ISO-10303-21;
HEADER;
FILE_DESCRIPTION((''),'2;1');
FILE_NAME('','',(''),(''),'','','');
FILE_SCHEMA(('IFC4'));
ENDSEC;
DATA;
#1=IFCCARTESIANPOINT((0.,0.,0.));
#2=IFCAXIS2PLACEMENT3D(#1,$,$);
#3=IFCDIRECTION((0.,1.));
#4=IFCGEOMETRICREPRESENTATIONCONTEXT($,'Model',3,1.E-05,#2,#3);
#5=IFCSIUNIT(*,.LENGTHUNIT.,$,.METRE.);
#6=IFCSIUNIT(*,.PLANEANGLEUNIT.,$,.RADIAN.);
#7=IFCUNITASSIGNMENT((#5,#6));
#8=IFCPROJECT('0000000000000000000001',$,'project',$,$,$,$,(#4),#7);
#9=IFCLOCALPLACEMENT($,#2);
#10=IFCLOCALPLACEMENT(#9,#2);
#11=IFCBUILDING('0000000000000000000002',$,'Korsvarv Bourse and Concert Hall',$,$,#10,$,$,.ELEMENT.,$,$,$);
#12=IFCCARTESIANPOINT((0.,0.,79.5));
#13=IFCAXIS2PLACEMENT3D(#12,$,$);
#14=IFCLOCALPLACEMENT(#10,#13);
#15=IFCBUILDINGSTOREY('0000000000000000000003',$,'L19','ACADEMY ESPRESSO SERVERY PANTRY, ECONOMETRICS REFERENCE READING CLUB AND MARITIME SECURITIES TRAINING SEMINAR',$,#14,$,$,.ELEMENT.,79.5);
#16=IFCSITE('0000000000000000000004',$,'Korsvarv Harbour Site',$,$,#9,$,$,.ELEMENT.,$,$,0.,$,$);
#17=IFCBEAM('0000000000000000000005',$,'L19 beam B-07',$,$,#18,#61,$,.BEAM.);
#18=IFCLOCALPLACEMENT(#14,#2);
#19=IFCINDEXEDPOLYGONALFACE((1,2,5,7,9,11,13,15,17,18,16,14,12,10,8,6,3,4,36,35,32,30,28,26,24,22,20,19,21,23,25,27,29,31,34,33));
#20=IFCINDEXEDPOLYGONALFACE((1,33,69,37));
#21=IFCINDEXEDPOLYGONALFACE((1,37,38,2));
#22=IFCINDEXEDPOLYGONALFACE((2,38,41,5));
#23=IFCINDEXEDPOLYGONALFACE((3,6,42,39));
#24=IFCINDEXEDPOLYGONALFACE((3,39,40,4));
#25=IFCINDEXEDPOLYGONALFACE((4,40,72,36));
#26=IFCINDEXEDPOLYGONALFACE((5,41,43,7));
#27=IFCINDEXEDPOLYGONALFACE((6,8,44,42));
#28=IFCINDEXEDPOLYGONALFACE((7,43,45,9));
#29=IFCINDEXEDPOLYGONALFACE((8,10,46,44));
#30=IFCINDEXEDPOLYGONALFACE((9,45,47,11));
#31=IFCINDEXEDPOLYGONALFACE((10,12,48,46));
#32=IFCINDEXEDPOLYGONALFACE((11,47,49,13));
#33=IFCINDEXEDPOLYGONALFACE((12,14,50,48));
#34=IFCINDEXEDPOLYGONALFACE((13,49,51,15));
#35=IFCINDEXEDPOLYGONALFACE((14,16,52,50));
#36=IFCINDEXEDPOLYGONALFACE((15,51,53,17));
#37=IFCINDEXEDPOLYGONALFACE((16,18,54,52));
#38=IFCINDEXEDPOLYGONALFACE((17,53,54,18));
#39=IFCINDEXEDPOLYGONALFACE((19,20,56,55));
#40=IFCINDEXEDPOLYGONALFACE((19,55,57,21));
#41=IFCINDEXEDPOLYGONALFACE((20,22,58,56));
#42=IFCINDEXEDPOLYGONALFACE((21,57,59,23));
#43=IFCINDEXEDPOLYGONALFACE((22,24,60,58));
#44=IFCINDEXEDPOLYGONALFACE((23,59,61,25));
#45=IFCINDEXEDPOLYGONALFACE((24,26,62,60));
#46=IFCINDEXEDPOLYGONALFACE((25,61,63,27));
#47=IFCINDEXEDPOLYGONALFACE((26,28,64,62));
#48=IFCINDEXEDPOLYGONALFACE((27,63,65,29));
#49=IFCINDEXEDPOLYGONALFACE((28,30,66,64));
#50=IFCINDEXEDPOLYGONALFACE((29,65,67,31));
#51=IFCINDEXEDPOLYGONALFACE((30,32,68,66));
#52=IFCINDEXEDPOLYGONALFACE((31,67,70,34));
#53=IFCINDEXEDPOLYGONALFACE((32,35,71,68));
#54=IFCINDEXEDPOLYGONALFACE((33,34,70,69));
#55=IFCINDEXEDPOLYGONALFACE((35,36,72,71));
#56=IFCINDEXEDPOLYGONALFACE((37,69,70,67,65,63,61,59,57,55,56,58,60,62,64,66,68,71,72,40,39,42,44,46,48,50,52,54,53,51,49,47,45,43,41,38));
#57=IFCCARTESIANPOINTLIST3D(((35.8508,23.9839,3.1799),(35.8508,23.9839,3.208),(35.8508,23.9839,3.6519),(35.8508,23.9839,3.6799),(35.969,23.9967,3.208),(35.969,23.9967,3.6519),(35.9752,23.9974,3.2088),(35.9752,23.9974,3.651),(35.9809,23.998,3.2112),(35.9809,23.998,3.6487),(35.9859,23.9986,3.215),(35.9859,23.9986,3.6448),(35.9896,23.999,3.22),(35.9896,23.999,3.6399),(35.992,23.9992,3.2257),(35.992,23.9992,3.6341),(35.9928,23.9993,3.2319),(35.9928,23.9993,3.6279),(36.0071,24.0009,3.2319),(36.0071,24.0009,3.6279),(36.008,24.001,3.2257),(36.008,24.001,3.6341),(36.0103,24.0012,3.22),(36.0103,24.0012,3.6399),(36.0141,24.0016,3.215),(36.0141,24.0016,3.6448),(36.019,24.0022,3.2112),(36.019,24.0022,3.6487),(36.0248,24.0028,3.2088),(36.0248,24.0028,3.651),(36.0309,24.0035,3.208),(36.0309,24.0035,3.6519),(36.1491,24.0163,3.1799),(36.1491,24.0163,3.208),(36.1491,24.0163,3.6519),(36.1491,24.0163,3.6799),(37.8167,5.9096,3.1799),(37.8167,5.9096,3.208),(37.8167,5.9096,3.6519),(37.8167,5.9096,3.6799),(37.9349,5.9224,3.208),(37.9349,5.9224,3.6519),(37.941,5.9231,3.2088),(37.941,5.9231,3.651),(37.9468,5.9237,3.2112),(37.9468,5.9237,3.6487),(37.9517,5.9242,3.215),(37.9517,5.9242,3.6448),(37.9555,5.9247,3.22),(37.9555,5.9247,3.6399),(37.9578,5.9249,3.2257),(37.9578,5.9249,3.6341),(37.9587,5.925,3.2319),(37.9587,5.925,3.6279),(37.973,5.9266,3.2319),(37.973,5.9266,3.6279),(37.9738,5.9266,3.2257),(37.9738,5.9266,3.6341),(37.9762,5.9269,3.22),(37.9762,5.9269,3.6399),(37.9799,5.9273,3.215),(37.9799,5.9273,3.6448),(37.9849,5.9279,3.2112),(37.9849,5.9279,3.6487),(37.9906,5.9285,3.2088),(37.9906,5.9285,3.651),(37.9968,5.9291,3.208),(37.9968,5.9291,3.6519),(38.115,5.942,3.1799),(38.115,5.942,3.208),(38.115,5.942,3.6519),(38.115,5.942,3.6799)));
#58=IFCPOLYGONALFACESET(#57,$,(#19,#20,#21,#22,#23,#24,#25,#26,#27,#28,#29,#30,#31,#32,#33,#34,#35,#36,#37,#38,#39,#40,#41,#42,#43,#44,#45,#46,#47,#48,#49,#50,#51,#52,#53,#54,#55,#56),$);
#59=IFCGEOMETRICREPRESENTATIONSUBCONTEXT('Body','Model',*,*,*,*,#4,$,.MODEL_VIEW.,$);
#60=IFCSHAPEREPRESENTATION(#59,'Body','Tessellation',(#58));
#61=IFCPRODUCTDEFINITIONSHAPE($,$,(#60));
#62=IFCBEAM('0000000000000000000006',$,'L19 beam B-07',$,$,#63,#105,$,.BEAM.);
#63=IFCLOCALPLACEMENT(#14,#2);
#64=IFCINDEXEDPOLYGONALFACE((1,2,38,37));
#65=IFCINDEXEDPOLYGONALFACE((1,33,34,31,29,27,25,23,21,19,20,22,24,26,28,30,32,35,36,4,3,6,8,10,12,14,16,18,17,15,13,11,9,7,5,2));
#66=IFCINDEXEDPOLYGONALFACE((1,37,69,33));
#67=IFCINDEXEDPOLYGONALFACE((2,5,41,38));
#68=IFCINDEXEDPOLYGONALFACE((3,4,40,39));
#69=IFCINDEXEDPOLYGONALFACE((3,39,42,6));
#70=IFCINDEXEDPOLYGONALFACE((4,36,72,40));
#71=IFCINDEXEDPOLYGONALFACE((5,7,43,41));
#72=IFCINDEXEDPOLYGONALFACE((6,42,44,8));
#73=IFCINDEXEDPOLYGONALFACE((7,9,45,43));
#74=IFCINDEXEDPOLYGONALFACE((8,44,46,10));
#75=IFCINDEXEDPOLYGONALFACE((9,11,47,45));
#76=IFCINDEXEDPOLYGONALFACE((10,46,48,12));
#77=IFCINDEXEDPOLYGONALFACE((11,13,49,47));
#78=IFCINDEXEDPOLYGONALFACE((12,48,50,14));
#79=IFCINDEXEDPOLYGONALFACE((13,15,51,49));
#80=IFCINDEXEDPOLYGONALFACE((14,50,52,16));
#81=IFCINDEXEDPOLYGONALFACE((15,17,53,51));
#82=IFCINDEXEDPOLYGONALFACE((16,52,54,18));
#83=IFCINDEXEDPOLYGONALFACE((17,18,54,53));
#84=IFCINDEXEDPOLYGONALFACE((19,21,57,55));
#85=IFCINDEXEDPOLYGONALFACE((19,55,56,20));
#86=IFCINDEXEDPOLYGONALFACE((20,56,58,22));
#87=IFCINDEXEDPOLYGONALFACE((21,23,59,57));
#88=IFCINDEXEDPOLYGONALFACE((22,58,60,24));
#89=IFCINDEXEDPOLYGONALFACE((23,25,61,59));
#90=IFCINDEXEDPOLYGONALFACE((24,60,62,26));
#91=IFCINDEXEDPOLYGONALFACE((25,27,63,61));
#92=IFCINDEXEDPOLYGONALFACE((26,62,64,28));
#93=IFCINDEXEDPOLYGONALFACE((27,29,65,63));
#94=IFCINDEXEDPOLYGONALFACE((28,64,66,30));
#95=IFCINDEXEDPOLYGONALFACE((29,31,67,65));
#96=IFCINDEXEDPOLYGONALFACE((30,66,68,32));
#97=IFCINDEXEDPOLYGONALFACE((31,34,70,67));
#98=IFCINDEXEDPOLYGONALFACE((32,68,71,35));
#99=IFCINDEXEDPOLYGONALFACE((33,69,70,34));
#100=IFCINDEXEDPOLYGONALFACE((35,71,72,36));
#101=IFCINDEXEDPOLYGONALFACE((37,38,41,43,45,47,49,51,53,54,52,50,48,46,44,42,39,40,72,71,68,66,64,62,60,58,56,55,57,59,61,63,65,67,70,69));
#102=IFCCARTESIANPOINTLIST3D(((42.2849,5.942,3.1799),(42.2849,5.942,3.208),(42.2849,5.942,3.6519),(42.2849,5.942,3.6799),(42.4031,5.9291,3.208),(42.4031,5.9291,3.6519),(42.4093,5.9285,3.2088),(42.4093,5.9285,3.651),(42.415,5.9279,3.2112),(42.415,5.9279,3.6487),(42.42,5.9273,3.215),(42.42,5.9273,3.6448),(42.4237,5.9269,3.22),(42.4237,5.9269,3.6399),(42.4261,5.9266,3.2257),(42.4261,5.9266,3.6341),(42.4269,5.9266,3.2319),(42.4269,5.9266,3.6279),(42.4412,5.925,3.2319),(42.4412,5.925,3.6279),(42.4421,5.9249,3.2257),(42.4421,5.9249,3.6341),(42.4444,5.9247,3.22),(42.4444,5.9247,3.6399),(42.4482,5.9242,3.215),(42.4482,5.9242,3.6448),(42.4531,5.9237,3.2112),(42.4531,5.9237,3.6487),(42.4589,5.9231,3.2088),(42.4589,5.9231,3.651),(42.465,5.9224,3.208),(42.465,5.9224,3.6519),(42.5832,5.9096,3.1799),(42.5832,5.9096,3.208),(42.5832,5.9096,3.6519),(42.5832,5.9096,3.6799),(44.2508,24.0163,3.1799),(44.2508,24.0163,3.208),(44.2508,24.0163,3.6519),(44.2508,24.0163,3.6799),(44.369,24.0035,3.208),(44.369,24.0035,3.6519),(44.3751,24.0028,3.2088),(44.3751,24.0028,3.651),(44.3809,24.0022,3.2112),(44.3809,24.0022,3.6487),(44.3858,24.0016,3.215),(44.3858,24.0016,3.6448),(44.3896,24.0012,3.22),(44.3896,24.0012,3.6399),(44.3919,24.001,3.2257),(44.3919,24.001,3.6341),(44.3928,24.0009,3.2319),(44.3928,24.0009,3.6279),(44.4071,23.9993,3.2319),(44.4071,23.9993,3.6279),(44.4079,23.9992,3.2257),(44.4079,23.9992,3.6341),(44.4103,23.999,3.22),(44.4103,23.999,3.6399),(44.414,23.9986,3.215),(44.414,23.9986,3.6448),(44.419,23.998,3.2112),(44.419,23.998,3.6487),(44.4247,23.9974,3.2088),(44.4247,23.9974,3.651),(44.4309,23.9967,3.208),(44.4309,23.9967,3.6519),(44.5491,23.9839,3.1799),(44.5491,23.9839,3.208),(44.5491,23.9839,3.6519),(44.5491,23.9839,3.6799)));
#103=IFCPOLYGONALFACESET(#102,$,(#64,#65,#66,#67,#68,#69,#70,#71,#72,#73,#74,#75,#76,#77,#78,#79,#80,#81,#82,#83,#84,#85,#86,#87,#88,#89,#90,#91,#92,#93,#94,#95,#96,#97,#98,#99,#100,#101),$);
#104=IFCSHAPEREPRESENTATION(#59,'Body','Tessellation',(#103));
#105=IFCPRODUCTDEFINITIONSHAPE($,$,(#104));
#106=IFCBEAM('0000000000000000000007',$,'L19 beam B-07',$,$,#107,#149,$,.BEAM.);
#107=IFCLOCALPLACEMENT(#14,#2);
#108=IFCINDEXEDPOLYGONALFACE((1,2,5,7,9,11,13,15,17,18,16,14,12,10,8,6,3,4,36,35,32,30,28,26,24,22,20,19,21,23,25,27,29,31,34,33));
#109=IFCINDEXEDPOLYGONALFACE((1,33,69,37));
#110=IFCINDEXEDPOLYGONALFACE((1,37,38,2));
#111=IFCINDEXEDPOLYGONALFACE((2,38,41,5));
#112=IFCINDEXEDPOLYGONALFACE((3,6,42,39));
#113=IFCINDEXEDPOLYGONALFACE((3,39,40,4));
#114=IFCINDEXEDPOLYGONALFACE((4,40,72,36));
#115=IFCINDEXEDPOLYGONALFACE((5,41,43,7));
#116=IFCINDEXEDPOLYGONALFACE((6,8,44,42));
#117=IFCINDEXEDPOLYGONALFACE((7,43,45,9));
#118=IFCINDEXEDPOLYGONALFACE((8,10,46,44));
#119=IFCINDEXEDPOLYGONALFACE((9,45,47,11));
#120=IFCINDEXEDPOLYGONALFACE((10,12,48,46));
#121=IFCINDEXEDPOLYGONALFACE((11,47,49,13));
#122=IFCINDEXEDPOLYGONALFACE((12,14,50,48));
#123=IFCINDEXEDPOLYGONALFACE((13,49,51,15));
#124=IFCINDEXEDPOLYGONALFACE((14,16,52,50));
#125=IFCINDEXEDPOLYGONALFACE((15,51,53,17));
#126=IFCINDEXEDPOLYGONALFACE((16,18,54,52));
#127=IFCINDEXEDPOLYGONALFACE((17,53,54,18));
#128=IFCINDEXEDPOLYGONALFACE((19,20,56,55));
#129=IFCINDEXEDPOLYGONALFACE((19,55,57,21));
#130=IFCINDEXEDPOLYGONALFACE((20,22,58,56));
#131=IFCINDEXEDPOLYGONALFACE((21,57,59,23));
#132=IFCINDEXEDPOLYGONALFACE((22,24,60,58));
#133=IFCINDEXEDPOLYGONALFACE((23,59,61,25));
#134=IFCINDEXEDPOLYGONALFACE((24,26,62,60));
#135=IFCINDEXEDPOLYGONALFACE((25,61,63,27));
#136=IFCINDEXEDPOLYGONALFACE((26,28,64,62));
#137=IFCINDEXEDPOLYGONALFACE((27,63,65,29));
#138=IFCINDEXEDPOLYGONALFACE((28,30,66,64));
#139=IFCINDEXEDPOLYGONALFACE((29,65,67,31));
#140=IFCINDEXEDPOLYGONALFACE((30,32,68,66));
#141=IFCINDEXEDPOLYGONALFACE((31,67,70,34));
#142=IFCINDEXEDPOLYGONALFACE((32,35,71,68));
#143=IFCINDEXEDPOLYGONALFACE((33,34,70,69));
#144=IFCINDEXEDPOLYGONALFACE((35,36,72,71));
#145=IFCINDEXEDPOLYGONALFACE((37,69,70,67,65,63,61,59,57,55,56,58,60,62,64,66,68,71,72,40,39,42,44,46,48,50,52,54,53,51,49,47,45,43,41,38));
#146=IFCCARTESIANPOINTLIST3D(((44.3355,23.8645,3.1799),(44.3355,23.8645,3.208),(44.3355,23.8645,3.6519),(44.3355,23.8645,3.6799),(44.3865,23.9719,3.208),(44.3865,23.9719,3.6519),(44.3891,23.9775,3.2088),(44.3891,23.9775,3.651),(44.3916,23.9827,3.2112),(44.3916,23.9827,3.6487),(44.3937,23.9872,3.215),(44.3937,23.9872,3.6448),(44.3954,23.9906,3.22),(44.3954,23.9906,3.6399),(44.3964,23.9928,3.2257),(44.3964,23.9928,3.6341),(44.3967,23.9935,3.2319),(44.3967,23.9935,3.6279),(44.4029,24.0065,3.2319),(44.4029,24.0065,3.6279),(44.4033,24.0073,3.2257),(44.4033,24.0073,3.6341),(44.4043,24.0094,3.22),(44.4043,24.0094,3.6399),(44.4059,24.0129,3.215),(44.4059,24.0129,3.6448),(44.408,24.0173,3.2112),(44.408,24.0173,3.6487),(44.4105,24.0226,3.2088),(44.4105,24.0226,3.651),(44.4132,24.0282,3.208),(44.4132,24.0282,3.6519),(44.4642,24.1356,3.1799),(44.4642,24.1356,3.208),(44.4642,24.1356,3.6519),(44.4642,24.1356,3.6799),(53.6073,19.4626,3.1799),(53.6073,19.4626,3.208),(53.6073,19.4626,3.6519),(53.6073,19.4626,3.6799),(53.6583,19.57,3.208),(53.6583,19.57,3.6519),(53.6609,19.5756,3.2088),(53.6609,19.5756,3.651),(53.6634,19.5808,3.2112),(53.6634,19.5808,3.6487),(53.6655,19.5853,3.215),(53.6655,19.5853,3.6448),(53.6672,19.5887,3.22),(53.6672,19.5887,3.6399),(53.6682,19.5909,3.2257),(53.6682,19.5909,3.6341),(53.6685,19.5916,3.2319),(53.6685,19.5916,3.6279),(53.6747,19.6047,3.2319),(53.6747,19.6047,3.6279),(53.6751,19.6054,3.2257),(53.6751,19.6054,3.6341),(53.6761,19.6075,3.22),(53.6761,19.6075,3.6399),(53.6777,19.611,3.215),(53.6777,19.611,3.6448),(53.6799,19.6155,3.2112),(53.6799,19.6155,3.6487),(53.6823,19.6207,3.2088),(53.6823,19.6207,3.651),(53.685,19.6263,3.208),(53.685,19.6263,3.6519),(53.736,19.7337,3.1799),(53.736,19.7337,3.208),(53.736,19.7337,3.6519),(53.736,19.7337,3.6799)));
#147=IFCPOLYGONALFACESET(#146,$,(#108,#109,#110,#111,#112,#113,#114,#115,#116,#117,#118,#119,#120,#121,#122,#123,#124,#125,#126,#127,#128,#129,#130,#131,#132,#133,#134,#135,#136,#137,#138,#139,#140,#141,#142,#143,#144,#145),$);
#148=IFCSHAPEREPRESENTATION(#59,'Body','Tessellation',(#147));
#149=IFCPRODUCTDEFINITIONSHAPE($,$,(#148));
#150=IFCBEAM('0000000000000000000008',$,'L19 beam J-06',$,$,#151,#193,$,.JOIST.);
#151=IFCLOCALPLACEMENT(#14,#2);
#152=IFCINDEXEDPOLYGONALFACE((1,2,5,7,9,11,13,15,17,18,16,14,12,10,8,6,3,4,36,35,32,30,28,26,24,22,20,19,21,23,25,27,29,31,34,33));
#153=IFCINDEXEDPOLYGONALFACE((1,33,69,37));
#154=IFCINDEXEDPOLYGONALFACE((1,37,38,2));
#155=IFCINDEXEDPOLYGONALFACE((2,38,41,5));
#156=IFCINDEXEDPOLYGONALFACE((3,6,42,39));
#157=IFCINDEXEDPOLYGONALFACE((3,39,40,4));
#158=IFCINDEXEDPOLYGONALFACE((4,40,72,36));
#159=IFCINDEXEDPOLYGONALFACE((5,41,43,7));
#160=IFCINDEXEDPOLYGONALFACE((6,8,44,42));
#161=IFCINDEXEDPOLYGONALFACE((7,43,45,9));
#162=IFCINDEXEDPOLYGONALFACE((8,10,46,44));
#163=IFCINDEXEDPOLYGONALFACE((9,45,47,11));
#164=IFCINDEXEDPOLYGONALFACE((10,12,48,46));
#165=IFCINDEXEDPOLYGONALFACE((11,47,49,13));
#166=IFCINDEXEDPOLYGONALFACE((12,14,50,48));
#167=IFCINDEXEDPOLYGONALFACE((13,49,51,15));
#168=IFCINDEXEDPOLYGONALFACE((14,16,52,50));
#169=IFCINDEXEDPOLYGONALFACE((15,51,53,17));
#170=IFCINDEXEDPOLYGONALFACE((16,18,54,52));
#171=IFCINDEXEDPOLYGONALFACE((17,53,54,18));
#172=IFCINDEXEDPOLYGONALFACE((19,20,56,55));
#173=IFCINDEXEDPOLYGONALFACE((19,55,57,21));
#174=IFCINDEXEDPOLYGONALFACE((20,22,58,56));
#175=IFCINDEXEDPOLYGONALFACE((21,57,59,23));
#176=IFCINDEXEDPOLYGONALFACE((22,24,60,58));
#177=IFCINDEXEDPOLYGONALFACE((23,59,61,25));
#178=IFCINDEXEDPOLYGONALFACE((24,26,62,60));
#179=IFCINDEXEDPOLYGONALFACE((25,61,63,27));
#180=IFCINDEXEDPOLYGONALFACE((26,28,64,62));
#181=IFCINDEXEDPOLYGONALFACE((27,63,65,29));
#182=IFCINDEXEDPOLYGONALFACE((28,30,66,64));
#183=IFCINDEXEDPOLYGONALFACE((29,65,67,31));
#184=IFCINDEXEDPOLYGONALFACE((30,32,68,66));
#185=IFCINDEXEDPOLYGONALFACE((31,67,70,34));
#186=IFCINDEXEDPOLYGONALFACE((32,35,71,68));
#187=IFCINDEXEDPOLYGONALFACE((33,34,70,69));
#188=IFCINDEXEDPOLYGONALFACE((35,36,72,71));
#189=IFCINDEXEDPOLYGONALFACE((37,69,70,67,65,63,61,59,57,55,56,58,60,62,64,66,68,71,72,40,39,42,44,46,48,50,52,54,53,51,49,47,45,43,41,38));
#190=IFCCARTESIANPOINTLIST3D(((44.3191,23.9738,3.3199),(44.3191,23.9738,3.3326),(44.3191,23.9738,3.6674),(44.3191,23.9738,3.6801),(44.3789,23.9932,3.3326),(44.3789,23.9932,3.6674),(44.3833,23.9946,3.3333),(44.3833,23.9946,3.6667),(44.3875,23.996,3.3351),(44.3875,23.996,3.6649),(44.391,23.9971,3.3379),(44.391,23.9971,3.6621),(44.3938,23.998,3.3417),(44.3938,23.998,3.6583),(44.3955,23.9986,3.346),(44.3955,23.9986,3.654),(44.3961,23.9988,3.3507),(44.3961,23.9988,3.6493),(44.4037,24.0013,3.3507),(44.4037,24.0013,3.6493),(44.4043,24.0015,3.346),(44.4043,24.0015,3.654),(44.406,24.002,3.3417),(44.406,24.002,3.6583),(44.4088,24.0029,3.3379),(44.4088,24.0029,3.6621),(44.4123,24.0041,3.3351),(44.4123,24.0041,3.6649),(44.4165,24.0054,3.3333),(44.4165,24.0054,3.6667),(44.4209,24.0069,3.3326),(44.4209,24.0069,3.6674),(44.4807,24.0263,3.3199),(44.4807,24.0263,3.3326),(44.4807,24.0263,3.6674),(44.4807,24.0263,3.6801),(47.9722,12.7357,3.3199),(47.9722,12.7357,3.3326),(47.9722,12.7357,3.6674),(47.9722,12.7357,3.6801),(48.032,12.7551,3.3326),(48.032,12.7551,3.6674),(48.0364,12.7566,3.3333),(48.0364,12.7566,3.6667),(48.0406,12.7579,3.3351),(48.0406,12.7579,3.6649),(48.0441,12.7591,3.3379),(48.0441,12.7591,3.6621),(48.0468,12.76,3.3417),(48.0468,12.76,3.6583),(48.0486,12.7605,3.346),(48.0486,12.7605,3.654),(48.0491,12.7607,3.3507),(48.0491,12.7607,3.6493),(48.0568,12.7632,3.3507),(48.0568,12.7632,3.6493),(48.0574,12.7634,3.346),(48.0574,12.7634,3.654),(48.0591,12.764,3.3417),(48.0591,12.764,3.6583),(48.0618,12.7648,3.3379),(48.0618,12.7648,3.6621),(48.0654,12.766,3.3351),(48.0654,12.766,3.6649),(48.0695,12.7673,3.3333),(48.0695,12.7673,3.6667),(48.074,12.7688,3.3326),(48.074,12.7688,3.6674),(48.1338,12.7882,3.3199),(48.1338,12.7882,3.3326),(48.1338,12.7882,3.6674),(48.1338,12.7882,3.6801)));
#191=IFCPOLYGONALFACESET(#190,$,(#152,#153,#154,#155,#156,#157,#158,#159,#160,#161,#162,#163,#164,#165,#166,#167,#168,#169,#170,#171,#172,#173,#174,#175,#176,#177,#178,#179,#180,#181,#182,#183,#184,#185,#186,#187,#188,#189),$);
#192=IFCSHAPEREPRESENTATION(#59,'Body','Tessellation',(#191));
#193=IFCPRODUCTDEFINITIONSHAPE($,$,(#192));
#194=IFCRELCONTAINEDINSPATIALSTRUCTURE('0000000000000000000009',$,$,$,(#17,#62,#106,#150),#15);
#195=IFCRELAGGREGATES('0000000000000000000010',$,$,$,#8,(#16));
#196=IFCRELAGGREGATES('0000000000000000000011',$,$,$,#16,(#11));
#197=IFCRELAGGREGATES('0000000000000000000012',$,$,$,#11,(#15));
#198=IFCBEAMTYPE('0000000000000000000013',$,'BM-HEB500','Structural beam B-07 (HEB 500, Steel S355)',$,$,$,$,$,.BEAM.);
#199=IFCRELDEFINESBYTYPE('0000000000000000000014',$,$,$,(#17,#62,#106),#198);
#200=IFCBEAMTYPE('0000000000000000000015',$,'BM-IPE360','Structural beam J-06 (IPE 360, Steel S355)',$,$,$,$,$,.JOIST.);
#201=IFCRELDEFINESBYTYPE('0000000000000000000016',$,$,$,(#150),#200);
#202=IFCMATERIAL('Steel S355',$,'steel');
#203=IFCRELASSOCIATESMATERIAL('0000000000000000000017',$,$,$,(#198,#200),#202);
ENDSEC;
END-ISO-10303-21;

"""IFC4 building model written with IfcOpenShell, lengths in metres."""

from ifc_helpers import new_model, si_unit, direction, frame, origin, origin_2d, place, context, subcontext, project, spatial, i_section, extrude, source, transform, mapped, material, material_profile, profile_set, type_object, element, save


model = new_model("IFC4")

# Units and contexts
model_context = context("Model", 3, precision=1e-05, world=origin(), true_north=direction((0.0, 1.0)))
body_context = subcontext(model_context, "Body", "Model", "MODEL_VIEW")
ifc_project = project(units=[si_unit("LENGTHUNIT", "METRE"), si_unit("PLANEANGLEUNIT", "RADIAN")], contexts=[model_context])

# Site, building, storey
site_placement = place(None, origin())
site = spatial("IfcSite", under=ifc_project, at=site_placement, Name="Korsvarv Harbour Site", CompositionType="ELEMENT", RefElevation=0.0)
building_placement = place(site_placement, origin())
building = spatial("IfcBuilding", under=site, at=building_placement, Name="Korsvarv Bourse and Concert Hall", CompositionType="ELEMENT")
storey_placement = place(building_placement, frame((0.0, 0.0, 79.5)))
storey = spatial("IfcBuildingStorey", under=building, at=storey_placement, Name="L19", Description="ACADEMY ESPRESSO SERVERY PANTRY, ECONOMETRICS REFERENCE READING CLUB AND MARITIME SECURITIES TRAINING SEMINAR", CompositionType="ELEMENT", Elevation=79.5)

# Beams
ifc_material_1 = material(Name="Steel S355", Category="steel")
ifc_material_profile_1 = material_profile(ifc_material_1, i_section(OverallWidth=0.3, OverallDepth=0.5, WebThickness=0.0144, FlangeThickness=0.0281, FilletRadius=0.0239, at=origin_2d()), Name="HEB 500")
ifc_profile_set_1 = profile_set([ifc_material_profile_1], Name="Steel S355")
beam_type_1 = type_object("IfcBeamType", Name="BM-HEB500", Description="Structural beam B-07 (HEB 500, Steel S355)", PredefinedType="BEAM", material=ifc_profile_set_1)
shared_shape_1 = source(origin(), body_context, "Body", "SweptSolid", [
    extrude(i_section(OverallWidth=0.3, OverallDepth=0.5, WebThickness=0.0144, FlangeThickness=0.0281, FilletRadius=0.0239, at=origin_2d()), origin(), (0.0, 0.0, 1.0), 18.1809),
])
for number, where, z_axis, x_axis, name in (
    (1, (37.9658, 5.9258, 3.4299), (-0.108126, 0.994137, 0.0), (-0.994137, -0.108126, 0.0), "L19 beam B-07"),
    (2, (42.4341, 5.9258, 3.4299), (0.108126, 0.994137, 0.0), (-0.994137, 0.108126, 0.0), "L19 beam B-07"),
):
    element("IfcBeam", number, at=place(storey_placement, frame(where, z_axis=z_axis, x_axis=x_axis)), inside=storey, type_object=beam_type_1, Name=name, PredefinedType="BEAM", context=body_context, shape_type="MappedRepresentation", body=[
        mapped(shared_shape_1, transform((0.0, 0.0, 0.0), scale=1.0)),
    ])
shared_shape_2 = source(origin(), body_context, "Body", "SweptSolid", [
    extrude(i_section(OverallWidth=0.3, OverallDepth=0.5, WebThickness=0.0144, FlangeThickness=0.0281, FilletRadius=0.0239, at=origin_2d()), origin(), (0.0, 0.0, 1.0), 10.2637),
])
beam_1_placement = place(storey_placement, frame((53.6716, 19.5981, 3.4299), z_axis=(-0.903361, 0.428881, 0.0), x_axis=(-0.428881, -0.903361, 0.0)))
element("IfcBeam", 3, at=beam_1_placement, inside=storey, type_object=beam_type_1, Name="L19 beam B-07", PredefinedType="BEAM", context=body_context, shape_type="MappedRepresentation", body=[
    mapped(shared_shape_2, transform((0.0, 0.0, 0.0), scale=1.0)),
])
ifc_material_profile_2 = material_profile(ifc_material_1, i_section(OverallWidth=0.1699, OverallDepth=0.3601, WebThickness=0.0081, FlangeThickness=0.0127, FilletRadius=0.0181, at=origin_2d()), Name="IPE 360")
ifc_profile_set_2 = profile_set([ifc_material_profile_2], Name="Steel S355")
beam_type_2 = type_object("IfcBeamType", Name="BM-IPE360", Description="Structural beam J-06 (IPE 360, Steel S355)", PredefinedType="JOIST", material=ifc_profile_set_2)
shared_shape_3 = source(origin(), body_context, "Body", "SweptSolid", [
    extrude(i_section(OverallWidth=0.1699, OverallDepth=0.3601, WebThickness=0.0081, FlangeThickness=0.0127, FilletRadius=0.0181, at=origin_2d()), origin(), (0.0, 0.0, 1.0), 11.8169),
])
beam_2_placement = place(storey_placement, frame((48.053, 12.762, 3.5), z_axis=(-0.309141, 0.951016, 0.0), x_axis=(-0.951016, -0.309141, 0.0)))
element("IfcBeam", 4, at=beam_2_placement, inside=storey, type_object=beam_type_2, Name="L19 beam J-06", PredefinedType="JOIST", context=body_context, shape_type="MappedRepresentation", body=[
    mapped(shared_shape_3, transform((0.0, 0.0, 0.0), scale=1.0)),
])

save(model, "model.ifc")
